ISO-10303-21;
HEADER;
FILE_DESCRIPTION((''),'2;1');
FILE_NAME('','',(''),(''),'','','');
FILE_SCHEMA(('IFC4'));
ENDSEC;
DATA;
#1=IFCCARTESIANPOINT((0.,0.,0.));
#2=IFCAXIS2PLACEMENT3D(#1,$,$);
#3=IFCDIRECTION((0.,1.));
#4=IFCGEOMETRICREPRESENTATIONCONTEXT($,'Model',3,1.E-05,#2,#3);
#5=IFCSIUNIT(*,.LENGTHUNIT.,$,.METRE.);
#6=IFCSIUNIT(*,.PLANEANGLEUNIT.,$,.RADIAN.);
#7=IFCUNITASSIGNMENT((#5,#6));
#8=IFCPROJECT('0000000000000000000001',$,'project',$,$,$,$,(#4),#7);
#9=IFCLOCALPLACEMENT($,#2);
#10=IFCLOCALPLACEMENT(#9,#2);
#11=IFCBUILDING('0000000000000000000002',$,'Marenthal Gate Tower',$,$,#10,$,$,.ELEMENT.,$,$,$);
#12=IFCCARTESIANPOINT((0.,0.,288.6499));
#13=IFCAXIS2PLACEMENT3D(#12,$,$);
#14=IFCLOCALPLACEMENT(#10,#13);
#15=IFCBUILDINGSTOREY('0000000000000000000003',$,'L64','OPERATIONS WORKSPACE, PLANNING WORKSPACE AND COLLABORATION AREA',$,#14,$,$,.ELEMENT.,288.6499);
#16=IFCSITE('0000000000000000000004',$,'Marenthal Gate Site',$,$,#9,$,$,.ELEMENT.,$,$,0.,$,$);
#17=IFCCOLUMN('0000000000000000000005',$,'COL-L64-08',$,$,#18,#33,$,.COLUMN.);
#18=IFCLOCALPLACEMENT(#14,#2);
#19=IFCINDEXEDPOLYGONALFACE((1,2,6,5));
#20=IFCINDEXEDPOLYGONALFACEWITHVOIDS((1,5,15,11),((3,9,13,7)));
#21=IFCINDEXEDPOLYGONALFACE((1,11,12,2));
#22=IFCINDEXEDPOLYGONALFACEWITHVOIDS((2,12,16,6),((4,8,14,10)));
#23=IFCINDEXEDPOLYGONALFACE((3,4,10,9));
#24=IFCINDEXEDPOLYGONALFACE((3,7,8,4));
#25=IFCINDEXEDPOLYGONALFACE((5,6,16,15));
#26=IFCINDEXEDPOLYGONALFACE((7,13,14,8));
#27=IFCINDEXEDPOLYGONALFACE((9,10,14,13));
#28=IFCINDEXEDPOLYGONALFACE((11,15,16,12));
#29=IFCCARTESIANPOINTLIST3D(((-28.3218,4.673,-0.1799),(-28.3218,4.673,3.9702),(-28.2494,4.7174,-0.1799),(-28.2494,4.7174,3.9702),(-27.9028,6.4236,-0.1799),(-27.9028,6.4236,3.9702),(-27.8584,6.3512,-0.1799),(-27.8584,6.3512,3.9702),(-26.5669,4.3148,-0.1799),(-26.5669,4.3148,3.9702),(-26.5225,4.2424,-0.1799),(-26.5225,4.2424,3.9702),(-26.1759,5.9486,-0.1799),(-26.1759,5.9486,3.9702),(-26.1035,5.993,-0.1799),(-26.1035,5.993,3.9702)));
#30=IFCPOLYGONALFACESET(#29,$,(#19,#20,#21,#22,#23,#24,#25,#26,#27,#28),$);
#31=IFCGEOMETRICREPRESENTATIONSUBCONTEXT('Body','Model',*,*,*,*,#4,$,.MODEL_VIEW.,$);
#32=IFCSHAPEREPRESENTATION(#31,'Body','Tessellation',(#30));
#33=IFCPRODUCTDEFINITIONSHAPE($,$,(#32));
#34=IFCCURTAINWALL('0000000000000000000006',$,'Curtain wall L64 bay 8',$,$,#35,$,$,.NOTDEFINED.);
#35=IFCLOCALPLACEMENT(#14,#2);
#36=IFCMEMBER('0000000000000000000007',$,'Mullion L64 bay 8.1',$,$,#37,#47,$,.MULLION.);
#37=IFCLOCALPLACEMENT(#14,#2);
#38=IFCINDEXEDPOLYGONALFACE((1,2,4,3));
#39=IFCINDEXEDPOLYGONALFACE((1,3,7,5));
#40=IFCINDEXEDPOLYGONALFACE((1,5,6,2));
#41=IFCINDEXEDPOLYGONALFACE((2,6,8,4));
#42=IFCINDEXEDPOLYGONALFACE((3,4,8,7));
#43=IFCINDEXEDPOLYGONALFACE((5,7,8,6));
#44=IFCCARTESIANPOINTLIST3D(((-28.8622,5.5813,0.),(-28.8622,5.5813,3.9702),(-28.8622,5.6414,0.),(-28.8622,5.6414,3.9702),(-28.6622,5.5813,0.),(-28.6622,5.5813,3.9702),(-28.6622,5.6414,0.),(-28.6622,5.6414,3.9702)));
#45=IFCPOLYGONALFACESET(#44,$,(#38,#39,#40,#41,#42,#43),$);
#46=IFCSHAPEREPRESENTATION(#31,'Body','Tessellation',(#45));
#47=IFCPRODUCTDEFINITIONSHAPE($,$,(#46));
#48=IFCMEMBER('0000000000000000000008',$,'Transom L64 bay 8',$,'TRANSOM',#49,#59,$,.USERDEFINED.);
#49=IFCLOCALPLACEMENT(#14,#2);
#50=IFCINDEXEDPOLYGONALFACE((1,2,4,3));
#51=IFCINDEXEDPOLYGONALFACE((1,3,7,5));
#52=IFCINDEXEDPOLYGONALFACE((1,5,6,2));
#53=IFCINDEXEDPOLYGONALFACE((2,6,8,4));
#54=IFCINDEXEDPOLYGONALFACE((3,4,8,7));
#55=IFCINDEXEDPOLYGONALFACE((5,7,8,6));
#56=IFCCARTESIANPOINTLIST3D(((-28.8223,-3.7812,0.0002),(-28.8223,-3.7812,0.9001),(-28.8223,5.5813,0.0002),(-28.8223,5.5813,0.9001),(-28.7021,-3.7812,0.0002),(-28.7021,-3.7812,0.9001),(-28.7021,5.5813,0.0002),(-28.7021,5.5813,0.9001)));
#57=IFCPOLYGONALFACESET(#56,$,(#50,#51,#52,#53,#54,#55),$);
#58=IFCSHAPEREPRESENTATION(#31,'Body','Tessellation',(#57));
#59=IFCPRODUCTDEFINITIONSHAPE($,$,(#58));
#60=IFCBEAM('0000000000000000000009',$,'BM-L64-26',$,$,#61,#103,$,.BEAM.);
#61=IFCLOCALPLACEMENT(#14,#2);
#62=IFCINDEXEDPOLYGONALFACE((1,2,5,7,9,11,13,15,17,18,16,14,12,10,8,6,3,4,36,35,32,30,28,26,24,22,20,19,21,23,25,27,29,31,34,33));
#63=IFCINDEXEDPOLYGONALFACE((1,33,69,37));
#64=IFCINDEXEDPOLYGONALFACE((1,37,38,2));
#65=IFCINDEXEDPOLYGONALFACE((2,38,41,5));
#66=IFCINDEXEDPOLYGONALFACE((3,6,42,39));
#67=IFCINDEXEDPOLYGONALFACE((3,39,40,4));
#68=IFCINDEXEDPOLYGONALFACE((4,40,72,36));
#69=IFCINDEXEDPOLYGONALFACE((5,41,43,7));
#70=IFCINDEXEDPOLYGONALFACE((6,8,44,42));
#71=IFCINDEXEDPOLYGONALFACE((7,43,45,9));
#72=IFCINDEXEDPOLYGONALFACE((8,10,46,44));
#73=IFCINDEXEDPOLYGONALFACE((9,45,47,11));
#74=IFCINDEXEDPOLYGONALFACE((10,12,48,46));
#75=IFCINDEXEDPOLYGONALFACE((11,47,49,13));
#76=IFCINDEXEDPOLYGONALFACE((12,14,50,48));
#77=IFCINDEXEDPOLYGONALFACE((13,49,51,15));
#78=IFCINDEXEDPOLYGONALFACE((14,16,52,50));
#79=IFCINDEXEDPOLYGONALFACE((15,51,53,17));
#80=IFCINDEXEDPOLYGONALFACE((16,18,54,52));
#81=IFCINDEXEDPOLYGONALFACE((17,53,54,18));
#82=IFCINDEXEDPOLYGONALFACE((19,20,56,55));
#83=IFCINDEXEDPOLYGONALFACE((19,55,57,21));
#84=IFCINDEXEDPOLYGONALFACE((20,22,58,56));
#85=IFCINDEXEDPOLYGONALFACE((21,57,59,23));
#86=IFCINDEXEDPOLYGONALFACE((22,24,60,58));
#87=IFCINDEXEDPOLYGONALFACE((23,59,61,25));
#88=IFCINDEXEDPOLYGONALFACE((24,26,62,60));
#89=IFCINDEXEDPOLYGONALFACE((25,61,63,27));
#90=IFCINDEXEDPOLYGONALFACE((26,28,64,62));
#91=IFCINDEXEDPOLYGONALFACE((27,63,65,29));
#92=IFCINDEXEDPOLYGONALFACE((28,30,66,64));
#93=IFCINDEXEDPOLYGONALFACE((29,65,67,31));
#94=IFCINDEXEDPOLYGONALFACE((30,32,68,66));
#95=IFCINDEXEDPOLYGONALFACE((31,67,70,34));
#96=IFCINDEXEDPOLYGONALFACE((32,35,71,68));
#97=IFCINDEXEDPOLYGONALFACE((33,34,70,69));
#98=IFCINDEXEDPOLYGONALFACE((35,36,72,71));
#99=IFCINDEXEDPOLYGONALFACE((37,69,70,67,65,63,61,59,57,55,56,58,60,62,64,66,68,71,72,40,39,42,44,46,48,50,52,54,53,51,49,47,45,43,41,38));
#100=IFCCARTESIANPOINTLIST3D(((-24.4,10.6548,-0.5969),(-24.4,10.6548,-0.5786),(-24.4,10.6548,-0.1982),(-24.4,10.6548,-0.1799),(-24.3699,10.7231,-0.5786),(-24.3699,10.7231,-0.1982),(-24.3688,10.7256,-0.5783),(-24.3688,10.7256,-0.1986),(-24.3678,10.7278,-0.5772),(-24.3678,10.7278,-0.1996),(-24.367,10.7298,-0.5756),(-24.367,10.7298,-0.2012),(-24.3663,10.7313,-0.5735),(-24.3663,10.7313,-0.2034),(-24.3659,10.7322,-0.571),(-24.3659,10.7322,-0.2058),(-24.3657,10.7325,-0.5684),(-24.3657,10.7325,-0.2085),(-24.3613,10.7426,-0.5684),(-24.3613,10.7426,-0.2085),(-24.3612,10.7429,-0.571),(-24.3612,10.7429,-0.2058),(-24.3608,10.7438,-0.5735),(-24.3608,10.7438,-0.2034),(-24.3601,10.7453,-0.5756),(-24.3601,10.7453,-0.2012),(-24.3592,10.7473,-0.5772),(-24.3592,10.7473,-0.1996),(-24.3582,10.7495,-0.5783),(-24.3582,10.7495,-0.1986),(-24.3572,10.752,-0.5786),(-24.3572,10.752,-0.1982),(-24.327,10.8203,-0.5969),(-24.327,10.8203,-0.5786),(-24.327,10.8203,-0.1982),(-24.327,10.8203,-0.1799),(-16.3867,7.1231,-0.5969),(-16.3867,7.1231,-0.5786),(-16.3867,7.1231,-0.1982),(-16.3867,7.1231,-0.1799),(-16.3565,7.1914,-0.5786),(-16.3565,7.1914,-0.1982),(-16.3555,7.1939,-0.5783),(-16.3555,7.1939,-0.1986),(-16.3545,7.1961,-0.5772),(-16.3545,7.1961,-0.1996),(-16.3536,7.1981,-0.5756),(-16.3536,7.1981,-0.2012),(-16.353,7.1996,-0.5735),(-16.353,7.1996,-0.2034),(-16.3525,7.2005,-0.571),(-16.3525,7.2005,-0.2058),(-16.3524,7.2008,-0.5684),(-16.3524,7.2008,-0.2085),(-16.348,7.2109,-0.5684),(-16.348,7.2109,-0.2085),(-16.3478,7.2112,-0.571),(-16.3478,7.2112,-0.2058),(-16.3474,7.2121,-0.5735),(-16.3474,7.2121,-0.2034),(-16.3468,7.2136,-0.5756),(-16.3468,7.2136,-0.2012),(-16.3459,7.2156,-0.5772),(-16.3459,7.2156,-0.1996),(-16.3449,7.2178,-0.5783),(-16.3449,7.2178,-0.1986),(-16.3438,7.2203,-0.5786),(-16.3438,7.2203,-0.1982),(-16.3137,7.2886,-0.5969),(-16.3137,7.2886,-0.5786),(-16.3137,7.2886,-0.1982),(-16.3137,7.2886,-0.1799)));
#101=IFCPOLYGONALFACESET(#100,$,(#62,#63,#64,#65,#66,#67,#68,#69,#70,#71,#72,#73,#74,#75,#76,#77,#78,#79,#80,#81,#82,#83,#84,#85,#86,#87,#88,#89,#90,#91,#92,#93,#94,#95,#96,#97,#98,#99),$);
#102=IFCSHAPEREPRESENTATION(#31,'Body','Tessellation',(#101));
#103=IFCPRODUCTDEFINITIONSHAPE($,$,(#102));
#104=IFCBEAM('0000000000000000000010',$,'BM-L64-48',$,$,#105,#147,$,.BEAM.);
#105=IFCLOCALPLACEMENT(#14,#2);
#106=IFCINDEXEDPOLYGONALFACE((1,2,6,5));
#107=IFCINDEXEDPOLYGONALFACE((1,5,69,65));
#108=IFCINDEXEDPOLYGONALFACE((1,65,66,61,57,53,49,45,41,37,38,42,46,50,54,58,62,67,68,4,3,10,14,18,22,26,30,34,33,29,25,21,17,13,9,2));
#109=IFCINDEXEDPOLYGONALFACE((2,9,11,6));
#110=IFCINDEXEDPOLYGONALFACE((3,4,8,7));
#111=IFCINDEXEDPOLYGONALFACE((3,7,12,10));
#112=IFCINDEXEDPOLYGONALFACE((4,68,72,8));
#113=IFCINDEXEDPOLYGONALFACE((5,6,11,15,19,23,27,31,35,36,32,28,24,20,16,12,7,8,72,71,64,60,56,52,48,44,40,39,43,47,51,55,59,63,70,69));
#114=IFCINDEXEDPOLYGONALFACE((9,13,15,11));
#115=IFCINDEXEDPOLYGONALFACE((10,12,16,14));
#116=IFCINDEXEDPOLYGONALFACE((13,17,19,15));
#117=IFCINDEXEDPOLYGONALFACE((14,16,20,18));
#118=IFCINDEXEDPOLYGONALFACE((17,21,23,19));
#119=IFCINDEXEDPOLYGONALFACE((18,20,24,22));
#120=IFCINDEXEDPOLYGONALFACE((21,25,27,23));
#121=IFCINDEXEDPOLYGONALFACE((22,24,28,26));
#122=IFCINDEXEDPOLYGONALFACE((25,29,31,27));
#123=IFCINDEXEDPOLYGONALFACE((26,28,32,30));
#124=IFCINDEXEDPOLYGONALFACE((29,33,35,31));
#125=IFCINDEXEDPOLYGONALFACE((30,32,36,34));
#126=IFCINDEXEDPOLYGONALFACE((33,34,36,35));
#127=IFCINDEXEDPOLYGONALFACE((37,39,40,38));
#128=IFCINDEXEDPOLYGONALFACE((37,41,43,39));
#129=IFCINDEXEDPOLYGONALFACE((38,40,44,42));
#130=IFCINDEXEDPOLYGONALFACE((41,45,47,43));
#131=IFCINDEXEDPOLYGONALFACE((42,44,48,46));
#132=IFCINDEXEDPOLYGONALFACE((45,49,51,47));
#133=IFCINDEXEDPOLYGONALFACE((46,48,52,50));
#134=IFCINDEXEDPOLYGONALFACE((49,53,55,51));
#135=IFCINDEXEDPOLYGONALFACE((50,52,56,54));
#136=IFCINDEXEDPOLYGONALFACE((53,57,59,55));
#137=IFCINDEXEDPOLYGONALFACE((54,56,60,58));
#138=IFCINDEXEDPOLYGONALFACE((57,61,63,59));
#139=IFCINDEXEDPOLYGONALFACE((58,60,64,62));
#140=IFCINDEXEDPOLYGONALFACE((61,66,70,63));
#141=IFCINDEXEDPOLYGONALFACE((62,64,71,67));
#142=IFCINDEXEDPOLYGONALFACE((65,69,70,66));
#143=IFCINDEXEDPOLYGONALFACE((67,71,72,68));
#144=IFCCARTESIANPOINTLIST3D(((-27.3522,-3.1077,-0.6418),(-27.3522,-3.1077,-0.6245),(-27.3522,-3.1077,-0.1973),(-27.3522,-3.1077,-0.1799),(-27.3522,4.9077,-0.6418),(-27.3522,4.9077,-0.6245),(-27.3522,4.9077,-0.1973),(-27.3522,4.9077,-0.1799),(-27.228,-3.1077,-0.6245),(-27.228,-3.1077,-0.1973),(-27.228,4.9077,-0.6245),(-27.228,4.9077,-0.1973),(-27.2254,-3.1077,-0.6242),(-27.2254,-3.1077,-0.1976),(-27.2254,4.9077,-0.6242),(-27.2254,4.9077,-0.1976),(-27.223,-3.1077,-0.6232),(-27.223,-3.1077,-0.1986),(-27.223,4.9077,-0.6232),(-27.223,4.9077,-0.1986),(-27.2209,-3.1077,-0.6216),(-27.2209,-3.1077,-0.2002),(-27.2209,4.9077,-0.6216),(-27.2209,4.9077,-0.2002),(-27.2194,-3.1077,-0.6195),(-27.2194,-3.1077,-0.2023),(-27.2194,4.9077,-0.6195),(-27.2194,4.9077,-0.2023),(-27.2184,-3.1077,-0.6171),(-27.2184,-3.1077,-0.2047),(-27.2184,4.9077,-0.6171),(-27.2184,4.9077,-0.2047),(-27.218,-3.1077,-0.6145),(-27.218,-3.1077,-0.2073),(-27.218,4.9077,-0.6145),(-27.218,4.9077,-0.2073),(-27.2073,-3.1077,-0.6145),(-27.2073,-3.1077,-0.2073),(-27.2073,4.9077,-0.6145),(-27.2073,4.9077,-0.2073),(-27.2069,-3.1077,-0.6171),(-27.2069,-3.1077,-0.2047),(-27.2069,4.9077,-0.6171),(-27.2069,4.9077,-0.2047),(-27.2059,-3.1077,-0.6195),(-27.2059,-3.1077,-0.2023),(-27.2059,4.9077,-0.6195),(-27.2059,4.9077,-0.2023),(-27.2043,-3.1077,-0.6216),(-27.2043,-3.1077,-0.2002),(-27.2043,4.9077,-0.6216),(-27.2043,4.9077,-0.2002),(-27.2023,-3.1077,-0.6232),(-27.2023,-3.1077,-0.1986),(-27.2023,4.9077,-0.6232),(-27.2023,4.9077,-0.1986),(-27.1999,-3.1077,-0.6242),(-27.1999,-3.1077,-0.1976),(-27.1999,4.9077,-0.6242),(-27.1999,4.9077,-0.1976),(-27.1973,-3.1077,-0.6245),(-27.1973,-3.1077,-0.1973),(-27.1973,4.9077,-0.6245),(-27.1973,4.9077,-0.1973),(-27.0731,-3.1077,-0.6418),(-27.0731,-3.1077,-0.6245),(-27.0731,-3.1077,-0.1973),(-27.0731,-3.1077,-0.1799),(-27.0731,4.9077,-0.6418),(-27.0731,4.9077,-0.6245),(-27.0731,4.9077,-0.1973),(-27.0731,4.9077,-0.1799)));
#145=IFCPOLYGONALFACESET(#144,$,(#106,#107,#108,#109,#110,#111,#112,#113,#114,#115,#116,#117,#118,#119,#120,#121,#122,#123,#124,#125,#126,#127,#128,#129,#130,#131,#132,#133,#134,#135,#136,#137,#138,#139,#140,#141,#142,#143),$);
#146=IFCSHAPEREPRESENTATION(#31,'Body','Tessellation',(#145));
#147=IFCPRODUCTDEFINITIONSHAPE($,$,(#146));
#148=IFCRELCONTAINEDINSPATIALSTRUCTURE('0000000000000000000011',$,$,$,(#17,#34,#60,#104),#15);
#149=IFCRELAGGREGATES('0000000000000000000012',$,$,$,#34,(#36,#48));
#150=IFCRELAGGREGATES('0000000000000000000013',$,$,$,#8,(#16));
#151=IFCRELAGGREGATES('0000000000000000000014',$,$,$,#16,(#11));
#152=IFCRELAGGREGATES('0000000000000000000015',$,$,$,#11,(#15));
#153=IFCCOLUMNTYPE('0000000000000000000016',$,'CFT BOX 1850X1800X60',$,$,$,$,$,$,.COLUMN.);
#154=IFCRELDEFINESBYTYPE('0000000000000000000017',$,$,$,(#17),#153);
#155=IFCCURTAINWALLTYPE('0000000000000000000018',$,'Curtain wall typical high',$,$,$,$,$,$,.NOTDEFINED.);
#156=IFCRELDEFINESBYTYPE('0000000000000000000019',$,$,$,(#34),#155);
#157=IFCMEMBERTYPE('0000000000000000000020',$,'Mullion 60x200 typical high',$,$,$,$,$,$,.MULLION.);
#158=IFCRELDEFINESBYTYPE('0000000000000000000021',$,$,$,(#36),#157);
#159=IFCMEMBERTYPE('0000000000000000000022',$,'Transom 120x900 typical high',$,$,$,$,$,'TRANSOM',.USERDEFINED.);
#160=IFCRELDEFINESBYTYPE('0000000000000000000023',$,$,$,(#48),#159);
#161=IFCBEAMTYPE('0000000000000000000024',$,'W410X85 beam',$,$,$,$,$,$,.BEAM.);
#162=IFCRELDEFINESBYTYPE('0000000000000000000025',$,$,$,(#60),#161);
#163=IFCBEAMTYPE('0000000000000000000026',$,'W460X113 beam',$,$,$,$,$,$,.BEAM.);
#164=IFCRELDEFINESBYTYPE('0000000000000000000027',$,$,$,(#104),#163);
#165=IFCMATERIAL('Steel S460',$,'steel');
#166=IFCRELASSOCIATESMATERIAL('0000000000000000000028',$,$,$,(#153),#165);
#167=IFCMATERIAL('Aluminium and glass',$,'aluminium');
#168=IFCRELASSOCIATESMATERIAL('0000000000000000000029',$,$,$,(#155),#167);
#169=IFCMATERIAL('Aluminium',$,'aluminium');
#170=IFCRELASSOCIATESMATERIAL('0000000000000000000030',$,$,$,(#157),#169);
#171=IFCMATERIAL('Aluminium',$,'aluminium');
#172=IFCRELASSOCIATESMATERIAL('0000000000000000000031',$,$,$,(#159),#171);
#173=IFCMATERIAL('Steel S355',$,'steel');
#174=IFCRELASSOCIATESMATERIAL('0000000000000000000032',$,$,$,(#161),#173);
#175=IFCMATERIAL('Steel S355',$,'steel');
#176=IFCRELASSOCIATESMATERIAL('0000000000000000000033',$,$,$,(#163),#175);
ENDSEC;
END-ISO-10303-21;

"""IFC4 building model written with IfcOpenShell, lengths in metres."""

from ifc_helpers import new_model, si_unit, direction, frame, origin, origin_2d, place, context, subcontext, project, spatial, rectangle, hollow_rectangle, i_section, extrude, material, material_profile, profile_set, type_object, element, aggregate, save


model = new_model("IFC4")

# Units and contexts
model_context = context("Model", 3, precision=1e-05, world=origin(), true_north=direction((0.0, 1.0)))
body_context = subcontext(model_context, "Body", "Model", "MODEL_VIEW")
ifc_project = project(units=[si_unit("LENGTHUNIT", "METRE"), si_unit("PLANEANGLEUNIT", "RADIAN")], contexts=[model_context])

# Site, building, storey
site_placement = place(None, origin())
site = spatial("IfcSite", under=ifc_project, at=site_placement, Name="Marenthal Gate Site", CompositionType="ELEMENT", RefElevation=0.0)
building_placement = place(site_placement, origin())
building = spatial("IfcBuilding", under=site, at=building_placement, Name="Marenthal Gate Tower", CompositionType="ELEMENT")
storey_placement = place(building_placement, frame((0.0, 0.0, 288.6499)))
storey = spatial("IfcBuildingStorey", under=building, at=storey_placement, Name="L64", Description="OPERATIONS WORKSPACE, PLANNING WORKSPACE AND COLLABORATION AREA", CompositionType="ELEMENT", Elevation=288.6499)

# Column
ifc_material_1 = material(Name="Steel S460", Category="steel")
ifc_material_profile_1 = material_profile(ifc_material_1, hollow_rectangle(XDim=1.8, YDim=1.8501, WallThickness=0.0601, at=origin_2d()), Name="CFT BOX 1850X1800X60")
ifc_material_2 = material(Name="Concrete 70 MPa", Category="concrete")
ifc_material_profile_2 = material_profile(ifc_material_2, rectangle(XDim=1.6799, YDim=1.73, at=origin_2d()), Name="CFT BOX 1850X1800X60 INFILL")
ifc_profile_set_1 = profile_set([ifc_material_profile_1, ifc_material_profile_2], Name="Steel S460 shell, Concrete 70 MPa infill")
column_type = type_object("IfcColumnType", Name="CFT BOX 1850X1800X60", PredefinedType="COLUMN", material=ifc_profile_set_1)
column_placement = place(storey_placement, frame((-27.2126, 5.333, -0.1799), z_axis=(0.0, 0.0, 1.0), x_axis=(0.232739, 0.972539, 0.0)))
element("IfcColumn", 1, at=column_placement, inside=storey, type_object=column_type, Name="COL-L64-08", PredefinedType="COLUMN", context=body_context, shape_type="SweptSolid", body=[
    extrude(hollow_rectangle(XDim=1.8, YDim=1.8501, WallThickness=0.0601, at=origin_2d()), origin(), (0.0, 0.0, 1.0), 4.1501),
])

# Curtain wall, members
ifc_material_3 = material(Name="Aluminium and glass", Category="aluminium")
curtain_wall_type = type_object("IfcCurtainWallType", Name="Curtain wall typical high", PredefinedType="NOTDEFINED", material=ifc_material_3)
curtain_wall_placement = place(storey_placement, origin())
curtain_wall = element("IfcCurtainWall", 2, at=curtain_wall_placement, inside=storey, type_object=curtain_wall_type, Name="Curtain wall L64 bay 8", PredefinedType="NOTDEFINED")
ifc_material_4 = material(Name="Aluminium", Category="aluminium")
ifc_material_profile_3 = material_profile(ifc_material_4, rectangle(XDim=0.2, YDim=0.0601, at=origin_2d()), Name="60x200 aluminium mullion")
ifc_profile_set_2 = profile_set([ifc_material_profile_3], Name="Aluminium")
member_type_1 = type_object("IfcMemberType", Name="Mullion 60x200 typical high", PredefinedType="MULLION", material=ifc_profile_set_2)
member_1_placement = place(storey_placement, frame((-28.7622, 5.6113, 0.0), z_axis=(0.0, 0.0, 1.0), x_axis=(1.0, 0.0, 0.0)))
member_1 = element("IfcMember", 3, at=member_1_placement, type_object=member_type_1, Name="Mullion L64 bay 8.1", PredefinedType="MULLION", context=body_context, shape_type="SweptSolid", body=[
    extrude(rectangle(XDim=0.2, YDim=0.0601, at=origin_2d()), origin(), (0.0, 0.0, 1.0), 3.9702),
])
ifc_material_5 = material(Name="Aluminium", Category="aluminium")
ifc_material_profile_4 = material_profile(ifc_material_5, rectangle(XDim=0.1201, YDim=0.8999, at=origin_2d()), Name="120x900 aluminium transom")
ifc_profile_set_3 = profile_set([ifc_material_profile_4], Name="Aluminium")
member_type_2 = type_object("IfcMemberType", Name="Transom 120x900 typical high", ElementType="TRANSOM", PredefinedType="USERDEFINED", material=ifc_profile_set_3)
member_2_placement = place(storey_placement, frame((-28.7622, 5.5813, 0.4502), z_axis=(0.0, -1.0, 0.0), x_axis=(1.0, 0.0, 0.0)))
member_2 = element("IfcMember", 4, at=member_2_placement, type_object=member_type_2, Name="Transom L64 bay 8", ObjectType="TRANSOM", PredefinedType="USERDEFINED", context=body_context, shape_type="SweptSolid", body=[
    extrude(rectangle(XDim=0.1201, YDim=0.8999, at=origin_2d()), origin(), (0.0, 0.0, 1.0), 9.3625),
])

# Beams
ifc_material_6 = material(Name="Steel S355", Category="steel")
ifc_material_profile_5 = material_profile(ifc_material_6, i_section(OverallWidth=0.1809, OverallDepth=0.417, WebThickness=0.011, FlangeThickness=0.0183, FilletRadius=0.0103, at=origin_2d()), Name="W410X85")
ifc_profile_set_4 = profile_set([ifc_material_profile_5], Name="Steel S355")
beam_type_1 = type_object("IfcBeamType", Name="W410X85 beam", PredefinedType="BEAM", material=ifc_profile_set_4)
beam_1_placement = place(storey_placement, frame((-24.3635, 10.7375, -0.3884), z_axis=(0.915069, -0.403296, 0.0), x_axis=(0.403296, 0.915069, 0.0)))
element("IfcBeam", 5, at=beam_1_placement, inside=storey, type_object=beam_type_1, Name="BM-L64-26", PredefinedType="BEAM", context=body_context, shape_type="SweptSolid", body=[
    extrude(i_section(OverallWidth=0.1809, OverallDepth=0.417, WebThickness=0.011, FlangeThickness=0.0183, FilletRadius=0.0103, at=origin_2d()), origin(), (0.0, 0.0, 1.0), 8.7571),
])
ifc_material_7 = material(Name="Steel S355", Category="steel")
ifc_material_profile_6 = material_profile(ifc_material_7, i_section(OverallWidth=0.2791, OverallDepth=0.4619, WebThickness=0.0107, FlangeThickness=0.0173, FilletRadius=0.01, at=origin_2d()), Name="W460X113")
ifc_profile_set_5 = profile_set([ifc_material_profile_6], Name="Steel S355")
beam_type_2 = type_object("IfcBeamType", Name="W460X113 beam", PredefinedType="BEAM", material=ifc_profile_set_5)
beam_2_placement = place(storey_placement, frame((-27.2126, 4.9077, -0.4109), z_axis=(0.0, -1.0, 0.0), x_axis=(1.0, 0.0, 0.0)))
element("IfcBeam", 6, at=beam_2_placement, inside=storey, type_object=beam_type_2, Name="BM-L64-48", PredefinedType="BEAM", context=body_context, shape_type="SweptSolid", body=[
    extrude(i_section(OverallWidth=0.2791, OverallDepth=0.4619, WebThickness=0.0107, FlangeThickness=0.0173, FilletRadius=0.01, at=origin_2d()), origin(), (0.0, 0.0, 1.0), 8.0154),
])

aggregate(curtain_wall, [member_1, member_2])

save(model, "model.ifc")
